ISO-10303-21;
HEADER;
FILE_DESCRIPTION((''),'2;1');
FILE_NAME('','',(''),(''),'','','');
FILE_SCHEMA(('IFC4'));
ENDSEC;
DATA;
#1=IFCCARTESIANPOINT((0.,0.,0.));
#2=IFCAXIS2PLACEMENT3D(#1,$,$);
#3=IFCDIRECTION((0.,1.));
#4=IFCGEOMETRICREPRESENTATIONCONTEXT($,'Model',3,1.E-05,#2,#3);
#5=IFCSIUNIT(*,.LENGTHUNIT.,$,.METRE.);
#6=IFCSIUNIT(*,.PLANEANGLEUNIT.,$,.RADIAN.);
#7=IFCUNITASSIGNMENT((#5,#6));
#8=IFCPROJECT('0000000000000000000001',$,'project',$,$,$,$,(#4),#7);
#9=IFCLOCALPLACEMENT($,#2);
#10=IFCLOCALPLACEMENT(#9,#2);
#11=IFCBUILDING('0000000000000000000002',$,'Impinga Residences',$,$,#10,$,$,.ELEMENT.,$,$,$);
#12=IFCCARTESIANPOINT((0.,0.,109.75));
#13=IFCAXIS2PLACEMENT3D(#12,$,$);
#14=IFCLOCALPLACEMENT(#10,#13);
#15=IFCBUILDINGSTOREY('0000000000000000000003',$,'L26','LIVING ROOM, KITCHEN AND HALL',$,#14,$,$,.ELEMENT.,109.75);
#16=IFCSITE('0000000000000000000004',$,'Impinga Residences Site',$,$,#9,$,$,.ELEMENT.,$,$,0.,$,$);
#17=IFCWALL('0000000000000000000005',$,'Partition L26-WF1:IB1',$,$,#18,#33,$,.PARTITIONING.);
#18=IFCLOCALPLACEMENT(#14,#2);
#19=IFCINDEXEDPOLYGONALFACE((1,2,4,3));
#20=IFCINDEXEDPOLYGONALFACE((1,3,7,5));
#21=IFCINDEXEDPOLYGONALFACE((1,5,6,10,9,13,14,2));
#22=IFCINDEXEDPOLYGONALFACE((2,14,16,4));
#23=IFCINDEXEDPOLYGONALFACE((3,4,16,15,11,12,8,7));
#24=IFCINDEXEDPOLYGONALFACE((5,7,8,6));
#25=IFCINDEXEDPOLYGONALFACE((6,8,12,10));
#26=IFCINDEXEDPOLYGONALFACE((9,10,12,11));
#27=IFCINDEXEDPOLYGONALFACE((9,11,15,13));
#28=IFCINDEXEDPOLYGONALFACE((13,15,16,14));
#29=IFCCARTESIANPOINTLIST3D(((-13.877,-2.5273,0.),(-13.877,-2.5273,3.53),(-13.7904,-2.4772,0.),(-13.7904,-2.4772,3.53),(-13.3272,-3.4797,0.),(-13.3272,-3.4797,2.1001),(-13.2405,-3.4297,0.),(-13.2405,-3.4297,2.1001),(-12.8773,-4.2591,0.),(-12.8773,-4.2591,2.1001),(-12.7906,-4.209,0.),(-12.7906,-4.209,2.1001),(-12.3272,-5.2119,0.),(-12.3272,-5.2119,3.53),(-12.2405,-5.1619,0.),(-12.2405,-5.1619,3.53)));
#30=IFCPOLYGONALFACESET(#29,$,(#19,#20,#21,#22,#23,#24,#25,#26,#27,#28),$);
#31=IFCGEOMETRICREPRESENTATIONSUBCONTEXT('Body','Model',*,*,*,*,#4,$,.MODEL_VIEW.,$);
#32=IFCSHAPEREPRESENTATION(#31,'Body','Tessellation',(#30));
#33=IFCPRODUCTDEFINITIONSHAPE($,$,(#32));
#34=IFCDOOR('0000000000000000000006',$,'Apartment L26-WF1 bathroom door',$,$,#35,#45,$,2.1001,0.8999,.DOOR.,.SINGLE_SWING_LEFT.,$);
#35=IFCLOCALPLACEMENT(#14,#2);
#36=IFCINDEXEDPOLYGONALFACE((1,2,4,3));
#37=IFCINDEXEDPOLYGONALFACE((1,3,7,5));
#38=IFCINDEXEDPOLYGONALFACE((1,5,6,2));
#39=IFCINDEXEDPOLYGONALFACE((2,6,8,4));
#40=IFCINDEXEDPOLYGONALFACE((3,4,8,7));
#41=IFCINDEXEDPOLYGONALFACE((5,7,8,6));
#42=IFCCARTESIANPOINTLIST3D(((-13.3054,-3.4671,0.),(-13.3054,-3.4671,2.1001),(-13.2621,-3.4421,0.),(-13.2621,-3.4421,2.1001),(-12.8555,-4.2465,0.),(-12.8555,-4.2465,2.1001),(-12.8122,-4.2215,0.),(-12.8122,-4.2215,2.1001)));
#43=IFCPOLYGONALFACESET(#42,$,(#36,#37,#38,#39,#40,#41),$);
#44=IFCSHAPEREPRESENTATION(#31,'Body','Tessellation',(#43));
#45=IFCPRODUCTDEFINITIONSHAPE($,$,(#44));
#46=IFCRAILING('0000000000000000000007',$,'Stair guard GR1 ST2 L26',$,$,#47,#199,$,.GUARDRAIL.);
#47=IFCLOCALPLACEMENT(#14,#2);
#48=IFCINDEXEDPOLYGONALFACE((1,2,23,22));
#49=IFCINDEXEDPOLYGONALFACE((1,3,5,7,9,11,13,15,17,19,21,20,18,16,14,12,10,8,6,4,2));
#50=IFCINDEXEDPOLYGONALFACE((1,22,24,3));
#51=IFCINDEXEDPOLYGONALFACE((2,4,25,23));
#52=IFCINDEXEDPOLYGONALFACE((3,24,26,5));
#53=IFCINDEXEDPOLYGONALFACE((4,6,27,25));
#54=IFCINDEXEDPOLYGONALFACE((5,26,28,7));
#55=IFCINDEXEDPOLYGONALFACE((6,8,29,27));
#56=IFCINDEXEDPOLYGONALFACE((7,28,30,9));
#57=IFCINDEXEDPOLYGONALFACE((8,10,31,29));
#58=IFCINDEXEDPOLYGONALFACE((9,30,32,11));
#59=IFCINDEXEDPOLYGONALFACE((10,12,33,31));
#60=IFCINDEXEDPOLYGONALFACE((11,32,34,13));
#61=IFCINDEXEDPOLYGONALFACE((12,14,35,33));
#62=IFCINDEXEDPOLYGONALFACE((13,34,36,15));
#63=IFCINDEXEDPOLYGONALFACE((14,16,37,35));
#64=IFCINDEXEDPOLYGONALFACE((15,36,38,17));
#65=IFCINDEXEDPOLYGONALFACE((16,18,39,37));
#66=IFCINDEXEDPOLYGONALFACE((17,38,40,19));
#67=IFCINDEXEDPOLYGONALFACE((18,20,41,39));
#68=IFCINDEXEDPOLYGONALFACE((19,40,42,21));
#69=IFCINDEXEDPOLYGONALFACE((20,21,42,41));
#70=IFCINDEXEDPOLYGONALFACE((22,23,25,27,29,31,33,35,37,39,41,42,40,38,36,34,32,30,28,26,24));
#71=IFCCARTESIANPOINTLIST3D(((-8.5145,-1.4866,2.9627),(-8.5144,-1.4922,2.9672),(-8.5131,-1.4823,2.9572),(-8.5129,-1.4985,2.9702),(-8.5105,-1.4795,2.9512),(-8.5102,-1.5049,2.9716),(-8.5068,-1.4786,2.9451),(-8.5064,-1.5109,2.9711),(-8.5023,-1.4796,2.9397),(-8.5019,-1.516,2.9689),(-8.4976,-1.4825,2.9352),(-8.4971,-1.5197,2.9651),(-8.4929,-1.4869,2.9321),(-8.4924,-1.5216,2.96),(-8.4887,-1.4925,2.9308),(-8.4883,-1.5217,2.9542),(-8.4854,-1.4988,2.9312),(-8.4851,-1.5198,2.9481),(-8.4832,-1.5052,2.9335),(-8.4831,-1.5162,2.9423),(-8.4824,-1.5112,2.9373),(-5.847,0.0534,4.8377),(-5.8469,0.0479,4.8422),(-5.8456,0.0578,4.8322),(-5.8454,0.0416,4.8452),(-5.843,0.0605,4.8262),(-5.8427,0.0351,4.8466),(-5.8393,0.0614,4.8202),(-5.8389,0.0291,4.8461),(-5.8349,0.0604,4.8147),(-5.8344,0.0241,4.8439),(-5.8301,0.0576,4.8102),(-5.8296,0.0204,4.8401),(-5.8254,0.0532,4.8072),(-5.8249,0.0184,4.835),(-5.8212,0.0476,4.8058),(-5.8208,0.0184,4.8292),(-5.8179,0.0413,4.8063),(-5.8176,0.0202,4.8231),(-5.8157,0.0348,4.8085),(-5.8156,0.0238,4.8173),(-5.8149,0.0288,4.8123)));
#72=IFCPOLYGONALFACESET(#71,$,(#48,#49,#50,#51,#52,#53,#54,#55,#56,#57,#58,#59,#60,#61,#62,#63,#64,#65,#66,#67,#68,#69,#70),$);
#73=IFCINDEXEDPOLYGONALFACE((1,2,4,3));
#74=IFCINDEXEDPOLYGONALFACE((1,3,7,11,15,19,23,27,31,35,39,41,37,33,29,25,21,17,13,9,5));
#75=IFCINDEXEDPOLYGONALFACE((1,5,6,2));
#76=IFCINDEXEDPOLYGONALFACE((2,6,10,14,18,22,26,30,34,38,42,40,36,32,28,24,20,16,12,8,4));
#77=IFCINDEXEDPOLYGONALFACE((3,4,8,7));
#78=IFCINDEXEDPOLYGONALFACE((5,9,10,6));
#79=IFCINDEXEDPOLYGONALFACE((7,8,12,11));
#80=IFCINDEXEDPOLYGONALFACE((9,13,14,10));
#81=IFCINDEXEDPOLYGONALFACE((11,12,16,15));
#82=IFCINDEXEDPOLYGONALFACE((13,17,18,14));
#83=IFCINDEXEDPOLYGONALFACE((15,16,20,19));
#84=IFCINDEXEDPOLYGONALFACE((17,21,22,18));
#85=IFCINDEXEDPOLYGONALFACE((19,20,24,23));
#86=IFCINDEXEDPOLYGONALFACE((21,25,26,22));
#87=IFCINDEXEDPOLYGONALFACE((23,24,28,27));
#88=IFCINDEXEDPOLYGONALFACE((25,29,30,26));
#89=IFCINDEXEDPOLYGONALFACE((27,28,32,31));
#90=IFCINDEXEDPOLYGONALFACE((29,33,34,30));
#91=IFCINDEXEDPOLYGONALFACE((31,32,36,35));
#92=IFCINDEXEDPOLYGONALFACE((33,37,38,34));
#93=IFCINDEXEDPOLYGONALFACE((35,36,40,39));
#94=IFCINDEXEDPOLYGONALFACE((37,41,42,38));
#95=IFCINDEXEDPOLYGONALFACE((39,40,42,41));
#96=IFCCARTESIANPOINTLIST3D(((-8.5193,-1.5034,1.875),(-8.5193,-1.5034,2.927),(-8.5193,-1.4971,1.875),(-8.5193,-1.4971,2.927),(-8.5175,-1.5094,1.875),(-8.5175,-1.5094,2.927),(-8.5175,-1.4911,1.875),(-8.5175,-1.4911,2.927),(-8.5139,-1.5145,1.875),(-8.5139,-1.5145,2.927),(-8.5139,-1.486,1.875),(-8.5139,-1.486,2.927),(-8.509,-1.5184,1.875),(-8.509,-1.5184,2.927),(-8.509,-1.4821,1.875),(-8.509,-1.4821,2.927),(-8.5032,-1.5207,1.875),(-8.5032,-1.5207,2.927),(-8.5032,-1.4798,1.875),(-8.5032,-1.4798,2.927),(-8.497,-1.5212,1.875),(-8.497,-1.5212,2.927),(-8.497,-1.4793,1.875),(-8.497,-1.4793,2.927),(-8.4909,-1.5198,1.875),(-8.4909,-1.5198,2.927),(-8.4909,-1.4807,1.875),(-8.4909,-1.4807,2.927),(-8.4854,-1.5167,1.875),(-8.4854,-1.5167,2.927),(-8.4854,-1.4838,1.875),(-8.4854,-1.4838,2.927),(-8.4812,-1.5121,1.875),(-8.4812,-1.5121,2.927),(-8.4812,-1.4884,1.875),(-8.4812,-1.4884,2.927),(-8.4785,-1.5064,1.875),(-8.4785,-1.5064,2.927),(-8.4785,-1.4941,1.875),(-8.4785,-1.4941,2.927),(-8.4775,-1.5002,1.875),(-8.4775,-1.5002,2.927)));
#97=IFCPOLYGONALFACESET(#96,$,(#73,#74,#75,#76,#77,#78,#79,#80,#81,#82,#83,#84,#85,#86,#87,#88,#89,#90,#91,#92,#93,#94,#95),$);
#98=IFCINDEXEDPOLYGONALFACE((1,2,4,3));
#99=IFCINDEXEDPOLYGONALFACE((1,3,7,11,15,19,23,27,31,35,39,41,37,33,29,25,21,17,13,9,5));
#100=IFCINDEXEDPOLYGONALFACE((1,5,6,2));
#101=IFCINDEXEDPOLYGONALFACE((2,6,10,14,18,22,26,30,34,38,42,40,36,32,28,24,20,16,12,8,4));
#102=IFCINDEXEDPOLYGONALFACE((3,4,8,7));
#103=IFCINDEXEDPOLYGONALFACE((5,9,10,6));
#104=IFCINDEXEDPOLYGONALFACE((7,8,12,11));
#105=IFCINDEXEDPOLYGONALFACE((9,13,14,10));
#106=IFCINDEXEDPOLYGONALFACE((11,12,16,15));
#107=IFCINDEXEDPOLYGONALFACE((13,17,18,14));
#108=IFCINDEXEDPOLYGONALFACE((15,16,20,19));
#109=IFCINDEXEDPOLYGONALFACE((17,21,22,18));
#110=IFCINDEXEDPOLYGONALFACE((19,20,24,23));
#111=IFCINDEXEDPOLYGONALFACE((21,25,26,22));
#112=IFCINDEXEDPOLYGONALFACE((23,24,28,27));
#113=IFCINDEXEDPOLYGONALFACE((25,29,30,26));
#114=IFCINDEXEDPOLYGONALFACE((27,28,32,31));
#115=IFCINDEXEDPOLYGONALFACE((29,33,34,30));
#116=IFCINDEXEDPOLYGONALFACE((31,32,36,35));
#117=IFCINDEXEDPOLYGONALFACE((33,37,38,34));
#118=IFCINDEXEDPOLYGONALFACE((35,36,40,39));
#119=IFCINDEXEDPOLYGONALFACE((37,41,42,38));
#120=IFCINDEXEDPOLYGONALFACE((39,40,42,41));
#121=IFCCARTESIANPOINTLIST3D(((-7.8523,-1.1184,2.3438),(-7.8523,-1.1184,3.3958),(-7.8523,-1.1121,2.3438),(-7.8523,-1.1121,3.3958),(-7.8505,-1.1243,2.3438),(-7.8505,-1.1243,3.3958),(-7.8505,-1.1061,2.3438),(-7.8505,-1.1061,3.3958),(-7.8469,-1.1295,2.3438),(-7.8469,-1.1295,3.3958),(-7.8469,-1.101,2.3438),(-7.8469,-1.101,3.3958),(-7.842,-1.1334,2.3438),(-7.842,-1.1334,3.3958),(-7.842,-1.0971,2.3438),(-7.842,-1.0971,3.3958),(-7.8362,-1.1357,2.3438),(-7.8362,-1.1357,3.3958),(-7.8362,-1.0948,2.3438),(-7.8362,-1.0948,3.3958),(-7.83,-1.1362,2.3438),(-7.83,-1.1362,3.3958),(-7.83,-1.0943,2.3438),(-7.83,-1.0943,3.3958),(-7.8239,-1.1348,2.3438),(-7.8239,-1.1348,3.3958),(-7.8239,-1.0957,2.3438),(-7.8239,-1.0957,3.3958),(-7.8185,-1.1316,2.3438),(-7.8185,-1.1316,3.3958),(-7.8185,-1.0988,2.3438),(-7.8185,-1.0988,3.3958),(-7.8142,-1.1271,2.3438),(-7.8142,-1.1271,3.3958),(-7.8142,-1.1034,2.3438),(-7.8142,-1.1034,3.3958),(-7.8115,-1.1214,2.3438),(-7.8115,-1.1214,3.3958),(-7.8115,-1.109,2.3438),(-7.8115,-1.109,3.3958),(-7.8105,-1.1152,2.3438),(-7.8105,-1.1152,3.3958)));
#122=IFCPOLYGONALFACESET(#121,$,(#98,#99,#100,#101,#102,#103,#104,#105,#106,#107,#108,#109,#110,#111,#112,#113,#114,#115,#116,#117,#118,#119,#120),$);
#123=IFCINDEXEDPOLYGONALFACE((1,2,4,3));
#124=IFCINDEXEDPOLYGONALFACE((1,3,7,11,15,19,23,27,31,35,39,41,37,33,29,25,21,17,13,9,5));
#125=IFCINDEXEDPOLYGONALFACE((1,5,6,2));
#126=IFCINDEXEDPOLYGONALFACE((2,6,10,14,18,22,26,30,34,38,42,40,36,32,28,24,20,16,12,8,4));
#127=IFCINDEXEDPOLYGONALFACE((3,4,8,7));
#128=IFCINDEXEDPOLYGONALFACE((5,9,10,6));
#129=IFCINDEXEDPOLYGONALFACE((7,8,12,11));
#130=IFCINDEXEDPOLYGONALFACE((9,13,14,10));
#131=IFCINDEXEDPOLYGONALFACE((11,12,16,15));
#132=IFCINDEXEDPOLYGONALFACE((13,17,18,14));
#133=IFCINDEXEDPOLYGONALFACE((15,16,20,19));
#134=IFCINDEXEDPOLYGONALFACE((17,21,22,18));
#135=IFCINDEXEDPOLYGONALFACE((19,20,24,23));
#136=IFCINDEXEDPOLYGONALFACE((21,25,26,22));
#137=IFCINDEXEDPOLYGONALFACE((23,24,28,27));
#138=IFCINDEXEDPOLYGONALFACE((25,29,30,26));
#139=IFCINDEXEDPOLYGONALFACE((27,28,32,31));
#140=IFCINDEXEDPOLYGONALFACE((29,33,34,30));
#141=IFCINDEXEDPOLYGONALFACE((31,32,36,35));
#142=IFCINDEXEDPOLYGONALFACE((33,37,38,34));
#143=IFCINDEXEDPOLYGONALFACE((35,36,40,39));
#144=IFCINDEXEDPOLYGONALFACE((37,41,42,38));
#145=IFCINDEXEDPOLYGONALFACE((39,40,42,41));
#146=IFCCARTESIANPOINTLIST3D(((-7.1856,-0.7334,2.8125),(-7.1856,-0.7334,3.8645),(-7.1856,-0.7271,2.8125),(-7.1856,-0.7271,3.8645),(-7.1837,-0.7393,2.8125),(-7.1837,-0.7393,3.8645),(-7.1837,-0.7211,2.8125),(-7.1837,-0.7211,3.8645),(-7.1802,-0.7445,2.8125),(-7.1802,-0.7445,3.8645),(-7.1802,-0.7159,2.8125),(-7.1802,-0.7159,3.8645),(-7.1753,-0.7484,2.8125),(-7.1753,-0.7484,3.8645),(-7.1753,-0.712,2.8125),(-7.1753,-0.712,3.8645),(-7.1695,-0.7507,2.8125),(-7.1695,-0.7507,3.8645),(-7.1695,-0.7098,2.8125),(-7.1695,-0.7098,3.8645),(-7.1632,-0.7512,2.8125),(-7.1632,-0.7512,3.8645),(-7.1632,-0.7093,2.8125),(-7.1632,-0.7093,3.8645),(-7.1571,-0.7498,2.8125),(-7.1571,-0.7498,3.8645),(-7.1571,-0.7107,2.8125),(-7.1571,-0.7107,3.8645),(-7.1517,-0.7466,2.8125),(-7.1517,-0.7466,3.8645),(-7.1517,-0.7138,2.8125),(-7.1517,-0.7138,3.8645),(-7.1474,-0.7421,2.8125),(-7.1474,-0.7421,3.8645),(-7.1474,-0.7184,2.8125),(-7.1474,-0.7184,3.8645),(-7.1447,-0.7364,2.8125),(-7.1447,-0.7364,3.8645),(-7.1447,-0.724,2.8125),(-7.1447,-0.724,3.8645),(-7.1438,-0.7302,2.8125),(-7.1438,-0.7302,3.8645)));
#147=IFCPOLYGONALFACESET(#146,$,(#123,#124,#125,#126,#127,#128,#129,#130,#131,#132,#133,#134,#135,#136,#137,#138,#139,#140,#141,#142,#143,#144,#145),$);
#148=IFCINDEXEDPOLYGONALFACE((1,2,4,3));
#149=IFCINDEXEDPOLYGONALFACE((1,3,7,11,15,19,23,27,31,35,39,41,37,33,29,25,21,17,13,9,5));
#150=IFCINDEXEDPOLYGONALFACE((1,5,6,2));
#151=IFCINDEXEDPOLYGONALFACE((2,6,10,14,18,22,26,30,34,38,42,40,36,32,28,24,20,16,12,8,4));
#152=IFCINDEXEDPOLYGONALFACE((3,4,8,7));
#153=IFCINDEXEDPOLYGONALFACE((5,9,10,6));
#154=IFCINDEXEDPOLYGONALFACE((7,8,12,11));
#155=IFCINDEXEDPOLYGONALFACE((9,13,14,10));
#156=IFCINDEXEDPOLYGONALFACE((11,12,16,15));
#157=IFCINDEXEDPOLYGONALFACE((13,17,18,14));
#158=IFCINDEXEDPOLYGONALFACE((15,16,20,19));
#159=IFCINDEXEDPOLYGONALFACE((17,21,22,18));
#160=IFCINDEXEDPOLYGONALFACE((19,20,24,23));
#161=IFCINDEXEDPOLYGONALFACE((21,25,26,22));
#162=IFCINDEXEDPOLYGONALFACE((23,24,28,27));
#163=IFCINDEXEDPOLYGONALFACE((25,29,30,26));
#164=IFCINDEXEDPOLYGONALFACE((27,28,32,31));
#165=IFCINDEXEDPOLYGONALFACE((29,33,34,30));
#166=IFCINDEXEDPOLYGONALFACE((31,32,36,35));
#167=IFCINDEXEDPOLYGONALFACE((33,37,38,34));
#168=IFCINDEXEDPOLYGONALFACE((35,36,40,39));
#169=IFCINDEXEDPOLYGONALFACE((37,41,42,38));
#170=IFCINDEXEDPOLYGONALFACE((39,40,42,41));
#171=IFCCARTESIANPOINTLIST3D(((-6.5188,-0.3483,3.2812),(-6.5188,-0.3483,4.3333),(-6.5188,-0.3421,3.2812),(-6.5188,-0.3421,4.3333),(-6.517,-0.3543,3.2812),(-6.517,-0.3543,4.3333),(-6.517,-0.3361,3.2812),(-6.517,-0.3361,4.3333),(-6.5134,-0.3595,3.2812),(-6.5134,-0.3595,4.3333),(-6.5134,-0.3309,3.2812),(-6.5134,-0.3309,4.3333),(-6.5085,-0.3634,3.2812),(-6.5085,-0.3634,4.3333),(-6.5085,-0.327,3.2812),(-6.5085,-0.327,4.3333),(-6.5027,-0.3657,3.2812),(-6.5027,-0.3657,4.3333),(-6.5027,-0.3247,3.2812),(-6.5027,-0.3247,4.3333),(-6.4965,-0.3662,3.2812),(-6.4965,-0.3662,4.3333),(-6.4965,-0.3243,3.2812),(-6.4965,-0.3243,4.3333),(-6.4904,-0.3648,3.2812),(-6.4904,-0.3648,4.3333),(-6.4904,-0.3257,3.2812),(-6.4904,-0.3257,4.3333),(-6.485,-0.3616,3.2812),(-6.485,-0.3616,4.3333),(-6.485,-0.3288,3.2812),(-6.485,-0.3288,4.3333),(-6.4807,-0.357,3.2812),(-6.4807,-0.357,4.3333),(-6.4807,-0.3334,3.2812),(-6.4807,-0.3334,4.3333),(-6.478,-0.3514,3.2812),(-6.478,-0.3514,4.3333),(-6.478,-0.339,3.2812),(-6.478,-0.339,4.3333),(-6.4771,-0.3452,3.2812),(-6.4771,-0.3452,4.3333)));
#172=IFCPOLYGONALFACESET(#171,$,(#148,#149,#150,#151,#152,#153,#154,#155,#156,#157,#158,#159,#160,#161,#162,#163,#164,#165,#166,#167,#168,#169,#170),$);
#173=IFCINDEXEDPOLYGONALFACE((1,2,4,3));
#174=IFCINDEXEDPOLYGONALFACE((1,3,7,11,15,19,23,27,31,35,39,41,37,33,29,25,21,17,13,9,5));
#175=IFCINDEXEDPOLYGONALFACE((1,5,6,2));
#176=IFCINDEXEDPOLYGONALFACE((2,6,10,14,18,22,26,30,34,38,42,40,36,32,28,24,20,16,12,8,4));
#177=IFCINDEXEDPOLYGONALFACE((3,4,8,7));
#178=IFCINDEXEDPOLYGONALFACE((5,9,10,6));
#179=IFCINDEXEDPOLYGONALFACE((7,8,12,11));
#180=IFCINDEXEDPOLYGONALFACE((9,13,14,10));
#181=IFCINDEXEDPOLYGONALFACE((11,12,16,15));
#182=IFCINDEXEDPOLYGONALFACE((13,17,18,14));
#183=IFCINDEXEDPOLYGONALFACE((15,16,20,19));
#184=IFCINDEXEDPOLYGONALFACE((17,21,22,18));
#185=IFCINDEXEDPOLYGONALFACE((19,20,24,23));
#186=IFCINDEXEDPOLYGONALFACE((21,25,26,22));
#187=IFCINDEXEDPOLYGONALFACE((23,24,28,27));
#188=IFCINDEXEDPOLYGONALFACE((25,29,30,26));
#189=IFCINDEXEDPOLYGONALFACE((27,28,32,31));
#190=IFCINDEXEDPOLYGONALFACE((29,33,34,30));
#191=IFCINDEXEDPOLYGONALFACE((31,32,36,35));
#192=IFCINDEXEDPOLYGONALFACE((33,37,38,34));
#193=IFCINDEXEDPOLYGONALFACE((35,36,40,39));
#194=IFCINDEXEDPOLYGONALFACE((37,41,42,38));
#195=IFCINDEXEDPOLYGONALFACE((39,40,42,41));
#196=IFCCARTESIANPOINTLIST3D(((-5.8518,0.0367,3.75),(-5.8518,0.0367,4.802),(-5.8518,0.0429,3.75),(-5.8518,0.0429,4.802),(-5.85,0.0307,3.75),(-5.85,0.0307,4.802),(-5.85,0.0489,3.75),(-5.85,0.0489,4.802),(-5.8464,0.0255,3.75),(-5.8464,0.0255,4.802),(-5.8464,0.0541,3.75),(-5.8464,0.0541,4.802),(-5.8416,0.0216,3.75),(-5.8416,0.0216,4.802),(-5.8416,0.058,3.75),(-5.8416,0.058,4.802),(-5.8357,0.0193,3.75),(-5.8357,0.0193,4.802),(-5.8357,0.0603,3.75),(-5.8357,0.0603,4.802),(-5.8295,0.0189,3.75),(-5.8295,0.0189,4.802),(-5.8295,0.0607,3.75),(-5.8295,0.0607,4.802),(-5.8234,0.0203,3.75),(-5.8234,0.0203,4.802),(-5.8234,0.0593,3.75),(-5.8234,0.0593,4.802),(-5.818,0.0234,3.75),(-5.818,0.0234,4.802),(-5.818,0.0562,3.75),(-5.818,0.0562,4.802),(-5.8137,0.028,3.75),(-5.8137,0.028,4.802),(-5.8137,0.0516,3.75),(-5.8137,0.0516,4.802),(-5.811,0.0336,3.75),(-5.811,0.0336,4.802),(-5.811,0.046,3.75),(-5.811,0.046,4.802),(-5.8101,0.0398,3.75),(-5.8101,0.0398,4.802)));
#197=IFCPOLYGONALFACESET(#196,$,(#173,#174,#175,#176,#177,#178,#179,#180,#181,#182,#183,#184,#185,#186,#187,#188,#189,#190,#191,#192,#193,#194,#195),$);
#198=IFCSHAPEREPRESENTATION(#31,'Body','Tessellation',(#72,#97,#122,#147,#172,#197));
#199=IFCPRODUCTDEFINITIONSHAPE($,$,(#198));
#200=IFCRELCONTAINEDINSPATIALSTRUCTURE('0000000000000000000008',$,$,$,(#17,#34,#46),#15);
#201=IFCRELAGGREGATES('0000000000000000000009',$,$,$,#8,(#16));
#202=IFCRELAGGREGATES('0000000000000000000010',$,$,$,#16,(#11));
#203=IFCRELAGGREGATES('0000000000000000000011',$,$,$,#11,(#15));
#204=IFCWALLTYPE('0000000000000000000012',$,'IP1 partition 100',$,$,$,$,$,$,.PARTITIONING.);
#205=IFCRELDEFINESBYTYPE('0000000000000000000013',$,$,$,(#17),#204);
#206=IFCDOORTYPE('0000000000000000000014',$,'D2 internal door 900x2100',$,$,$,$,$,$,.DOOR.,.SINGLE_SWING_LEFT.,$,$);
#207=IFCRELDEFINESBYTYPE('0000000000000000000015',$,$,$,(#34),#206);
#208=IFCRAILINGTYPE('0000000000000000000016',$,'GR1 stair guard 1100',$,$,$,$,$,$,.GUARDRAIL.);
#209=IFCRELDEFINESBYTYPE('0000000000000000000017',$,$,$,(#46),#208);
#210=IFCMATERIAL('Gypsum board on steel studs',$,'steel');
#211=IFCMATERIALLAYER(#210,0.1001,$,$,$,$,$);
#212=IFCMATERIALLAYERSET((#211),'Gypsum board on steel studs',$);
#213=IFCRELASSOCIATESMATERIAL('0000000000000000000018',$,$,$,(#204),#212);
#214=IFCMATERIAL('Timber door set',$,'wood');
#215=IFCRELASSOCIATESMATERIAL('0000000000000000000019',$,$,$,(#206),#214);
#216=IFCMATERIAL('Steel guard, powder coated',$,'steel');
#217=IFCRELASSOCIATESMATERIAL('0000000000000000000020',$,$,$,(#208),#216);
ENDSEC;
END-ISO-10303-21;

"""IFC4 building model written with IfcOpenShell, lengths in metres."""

from ifc_helpers import new_model, si_unit, direction, frame, frame_2d, origin, origin_2d, place, context, subcontext, project, spatial, rectangle, circle, extrude, material, layer, layer_set, type_object, element, fill, save


model = new_model("IFC4")

# Units and contexts
model_context = context("Model", 3, precision=1e-05, world=origin(), true_north=direction((0.0, 1.0)))
body_context = subcontext(model_context, "Body", "Model", "MODEL_VIEW")
ifc_project = project(units=[si_unit("LENGTHUNIT", "METRE"), si_unit("PLANEANGLEUNIT", "RADIAN")], contexts=[model_context])

# Site, building, storey
site_placement = place(None, origin())
site = spatial("IfcSite", under=ifc_project, at=site_placement, Name="Impinga Residences Site", CompositionType="ELEMENT", RefElevation=0.0)
building_placement = place(site_placement, origin())
building = spatial("IfcBuilding", under=site, at=building_placement, Name="Impinga Residences", CompositionType="ELEMENT")
storey_placement = place(building_placement, frame((0.0, 0.0, 109.75)))
storey = spatial("IfcBuildingStorey", under=building, at=storey_placement, Name="L26", Description="LIVING ROOM, KITCHEN AND HALL", CompositionType="ELEMENT", Elevation=109.75)

# Shared definitions
ifc_material_1 = material(Name="Timber door set", Category="wood")

# Shared definitions
ifc_material_2 = material(Name="Gypsum board on steel studs", Category="steel")
ifc_layer_1 = layer(ifc_material_2, 0.1001)
ifc_layer_set_1 = layer_set([ifc_layer_1], Name="Gypsum board on steel studs")
wall_type_1 = type_object("IfcWallType", Name="IP1 partition 100", PredefinedType="PARTITIONING", material=ifc_layer_set_1)
door_type_1 = type_object("IfcDoorType", Name="D2 internal door 900x2100", OperationType="SINGLE_SWING_LEFT", PredefinedType="DOOR", material=ifc_material_1)

# Wall, opening, door
wall_1_placement = place(storey_placement, frame((-12.2839, -5.1868, 0.0), z_axis=(0.0, 0.0, 1.0), x_axis=(-0.499968, 0.866044, 0.0)))
wall_1 = element("IfcWall", 1, at=wall_1_placement, inside=storey, type_object=wall_type_1, Name="Partition L26-WF1:IB1", PredefinedType="PARTITIONING", context=body_context, shape_type="SweptSolid", body=[
    extrude(rectangle(XDim=3.0999, YDim=0.1001, at=frame_2d((1.5498, 0.0))), origin(), (0.0, 0.0, 1.0), 3.53),
])
opening_1_placement = place(wall_1_placement, frame((1.1001, 0.0, 0.0)))
opening_1 = element("IfcOpeningElement", 2, at=opening_1_placement, cuts=wall_1, PredefinedType="OPENING", context=body_context, shape_type="SweptSolid", body=[
    extrude(rectangle(XDim=0.8999, YDim=2.1001, at=frame_2d((0.45, 1.05))), frame((0.0, 0.0601, 0.0), z_axis=(0.0, -1.0, 0.0), x_axis=(1.0, 0.0, 0.0)), (0.0, 0.0, 1.0), 0.1201),
])
door_1_placement = place(opening_1_placement, origin())
door_1 = element("IfcDoor", 3, at=door_1_placement, inside=storey, type_object=door_type_1, Name="Apartment L26-WF1 bathroom door", OperationType="SINGLE_SWING_LEFT", OverallHeight=2.1001, OverallWidth=0.8999, PredefinedType="DOOR", context=body_context, shape_type="SweptSolid", body=[
    extrude(rectangle(XDim=0.8999, YDim=2.1001, at=frame_2d((0.45, 1.05))), frame((0.0, 0.0249, 0.0), z_axis=(0.0, -1.0, 0.0), x_axis=(1.0, 0.0, 0.0)), (0.0, 0.0, 1.0), 0.05),
])
fill(opening_1, door_1)

# Railing
ifc_material_3 = material(Name="Steel guard, powder coated", Category="steel")
railing_type = type_object("IfcRailingType", Name="GR1 stair guard 1100", PredefinedType="GUARDRAIL", material=ifc_material_3)
railing_placement = place(storey_placement, frame((-8.4985, -1.5002, 1.875)))
element("IfcRailing", 4, at=railing_placement, inside=storey, type_object=railing_type, Name="Stair guard GR1 ST2 L26", PredefinedType="GUARDRAIL", context=body_context, shape_type="SweptSolid", body=[
    extrude(circle(Radius=0.0239, at=origin_2d()), frame((0.0, 0.0, 1.0762), z_axis=(0.739746, 0.427084, 0.519975), x_axis=(-0.499992, 0.86603, 0.0)), (0.0, 0.0, 1.0), 3.606),
    extrude(circle(Radius=0.021, at=origin_2d()), origin(), (0.0, 0.0, 1.0), 1.052),
    extrude(circle(Radius=0.021, at=origin_2d()), frame((0.667, 0.385, 0.4688)), (0.0, 0.0, 1.0), 1.052),
    extrude(circle(Radius=0.021, at=origin_2d()), frame((1.3337, 0.77, 0.9375)), (0.0, 0.0, 1.0), 1.052),
    extrude(circle(Radius=0.021, at=origin_2d()), frame((2.0005, 1.155, 1.4062)), (0.0, 0.0, 1.0), 1.052),
    extrude(circle(Radius=0.021, at=origin_2d()), frame((2.6675, 1.54, 1.875)), (0.0, 0.0, 1.0), 1.052),
])

save(model, "model.ifc")
